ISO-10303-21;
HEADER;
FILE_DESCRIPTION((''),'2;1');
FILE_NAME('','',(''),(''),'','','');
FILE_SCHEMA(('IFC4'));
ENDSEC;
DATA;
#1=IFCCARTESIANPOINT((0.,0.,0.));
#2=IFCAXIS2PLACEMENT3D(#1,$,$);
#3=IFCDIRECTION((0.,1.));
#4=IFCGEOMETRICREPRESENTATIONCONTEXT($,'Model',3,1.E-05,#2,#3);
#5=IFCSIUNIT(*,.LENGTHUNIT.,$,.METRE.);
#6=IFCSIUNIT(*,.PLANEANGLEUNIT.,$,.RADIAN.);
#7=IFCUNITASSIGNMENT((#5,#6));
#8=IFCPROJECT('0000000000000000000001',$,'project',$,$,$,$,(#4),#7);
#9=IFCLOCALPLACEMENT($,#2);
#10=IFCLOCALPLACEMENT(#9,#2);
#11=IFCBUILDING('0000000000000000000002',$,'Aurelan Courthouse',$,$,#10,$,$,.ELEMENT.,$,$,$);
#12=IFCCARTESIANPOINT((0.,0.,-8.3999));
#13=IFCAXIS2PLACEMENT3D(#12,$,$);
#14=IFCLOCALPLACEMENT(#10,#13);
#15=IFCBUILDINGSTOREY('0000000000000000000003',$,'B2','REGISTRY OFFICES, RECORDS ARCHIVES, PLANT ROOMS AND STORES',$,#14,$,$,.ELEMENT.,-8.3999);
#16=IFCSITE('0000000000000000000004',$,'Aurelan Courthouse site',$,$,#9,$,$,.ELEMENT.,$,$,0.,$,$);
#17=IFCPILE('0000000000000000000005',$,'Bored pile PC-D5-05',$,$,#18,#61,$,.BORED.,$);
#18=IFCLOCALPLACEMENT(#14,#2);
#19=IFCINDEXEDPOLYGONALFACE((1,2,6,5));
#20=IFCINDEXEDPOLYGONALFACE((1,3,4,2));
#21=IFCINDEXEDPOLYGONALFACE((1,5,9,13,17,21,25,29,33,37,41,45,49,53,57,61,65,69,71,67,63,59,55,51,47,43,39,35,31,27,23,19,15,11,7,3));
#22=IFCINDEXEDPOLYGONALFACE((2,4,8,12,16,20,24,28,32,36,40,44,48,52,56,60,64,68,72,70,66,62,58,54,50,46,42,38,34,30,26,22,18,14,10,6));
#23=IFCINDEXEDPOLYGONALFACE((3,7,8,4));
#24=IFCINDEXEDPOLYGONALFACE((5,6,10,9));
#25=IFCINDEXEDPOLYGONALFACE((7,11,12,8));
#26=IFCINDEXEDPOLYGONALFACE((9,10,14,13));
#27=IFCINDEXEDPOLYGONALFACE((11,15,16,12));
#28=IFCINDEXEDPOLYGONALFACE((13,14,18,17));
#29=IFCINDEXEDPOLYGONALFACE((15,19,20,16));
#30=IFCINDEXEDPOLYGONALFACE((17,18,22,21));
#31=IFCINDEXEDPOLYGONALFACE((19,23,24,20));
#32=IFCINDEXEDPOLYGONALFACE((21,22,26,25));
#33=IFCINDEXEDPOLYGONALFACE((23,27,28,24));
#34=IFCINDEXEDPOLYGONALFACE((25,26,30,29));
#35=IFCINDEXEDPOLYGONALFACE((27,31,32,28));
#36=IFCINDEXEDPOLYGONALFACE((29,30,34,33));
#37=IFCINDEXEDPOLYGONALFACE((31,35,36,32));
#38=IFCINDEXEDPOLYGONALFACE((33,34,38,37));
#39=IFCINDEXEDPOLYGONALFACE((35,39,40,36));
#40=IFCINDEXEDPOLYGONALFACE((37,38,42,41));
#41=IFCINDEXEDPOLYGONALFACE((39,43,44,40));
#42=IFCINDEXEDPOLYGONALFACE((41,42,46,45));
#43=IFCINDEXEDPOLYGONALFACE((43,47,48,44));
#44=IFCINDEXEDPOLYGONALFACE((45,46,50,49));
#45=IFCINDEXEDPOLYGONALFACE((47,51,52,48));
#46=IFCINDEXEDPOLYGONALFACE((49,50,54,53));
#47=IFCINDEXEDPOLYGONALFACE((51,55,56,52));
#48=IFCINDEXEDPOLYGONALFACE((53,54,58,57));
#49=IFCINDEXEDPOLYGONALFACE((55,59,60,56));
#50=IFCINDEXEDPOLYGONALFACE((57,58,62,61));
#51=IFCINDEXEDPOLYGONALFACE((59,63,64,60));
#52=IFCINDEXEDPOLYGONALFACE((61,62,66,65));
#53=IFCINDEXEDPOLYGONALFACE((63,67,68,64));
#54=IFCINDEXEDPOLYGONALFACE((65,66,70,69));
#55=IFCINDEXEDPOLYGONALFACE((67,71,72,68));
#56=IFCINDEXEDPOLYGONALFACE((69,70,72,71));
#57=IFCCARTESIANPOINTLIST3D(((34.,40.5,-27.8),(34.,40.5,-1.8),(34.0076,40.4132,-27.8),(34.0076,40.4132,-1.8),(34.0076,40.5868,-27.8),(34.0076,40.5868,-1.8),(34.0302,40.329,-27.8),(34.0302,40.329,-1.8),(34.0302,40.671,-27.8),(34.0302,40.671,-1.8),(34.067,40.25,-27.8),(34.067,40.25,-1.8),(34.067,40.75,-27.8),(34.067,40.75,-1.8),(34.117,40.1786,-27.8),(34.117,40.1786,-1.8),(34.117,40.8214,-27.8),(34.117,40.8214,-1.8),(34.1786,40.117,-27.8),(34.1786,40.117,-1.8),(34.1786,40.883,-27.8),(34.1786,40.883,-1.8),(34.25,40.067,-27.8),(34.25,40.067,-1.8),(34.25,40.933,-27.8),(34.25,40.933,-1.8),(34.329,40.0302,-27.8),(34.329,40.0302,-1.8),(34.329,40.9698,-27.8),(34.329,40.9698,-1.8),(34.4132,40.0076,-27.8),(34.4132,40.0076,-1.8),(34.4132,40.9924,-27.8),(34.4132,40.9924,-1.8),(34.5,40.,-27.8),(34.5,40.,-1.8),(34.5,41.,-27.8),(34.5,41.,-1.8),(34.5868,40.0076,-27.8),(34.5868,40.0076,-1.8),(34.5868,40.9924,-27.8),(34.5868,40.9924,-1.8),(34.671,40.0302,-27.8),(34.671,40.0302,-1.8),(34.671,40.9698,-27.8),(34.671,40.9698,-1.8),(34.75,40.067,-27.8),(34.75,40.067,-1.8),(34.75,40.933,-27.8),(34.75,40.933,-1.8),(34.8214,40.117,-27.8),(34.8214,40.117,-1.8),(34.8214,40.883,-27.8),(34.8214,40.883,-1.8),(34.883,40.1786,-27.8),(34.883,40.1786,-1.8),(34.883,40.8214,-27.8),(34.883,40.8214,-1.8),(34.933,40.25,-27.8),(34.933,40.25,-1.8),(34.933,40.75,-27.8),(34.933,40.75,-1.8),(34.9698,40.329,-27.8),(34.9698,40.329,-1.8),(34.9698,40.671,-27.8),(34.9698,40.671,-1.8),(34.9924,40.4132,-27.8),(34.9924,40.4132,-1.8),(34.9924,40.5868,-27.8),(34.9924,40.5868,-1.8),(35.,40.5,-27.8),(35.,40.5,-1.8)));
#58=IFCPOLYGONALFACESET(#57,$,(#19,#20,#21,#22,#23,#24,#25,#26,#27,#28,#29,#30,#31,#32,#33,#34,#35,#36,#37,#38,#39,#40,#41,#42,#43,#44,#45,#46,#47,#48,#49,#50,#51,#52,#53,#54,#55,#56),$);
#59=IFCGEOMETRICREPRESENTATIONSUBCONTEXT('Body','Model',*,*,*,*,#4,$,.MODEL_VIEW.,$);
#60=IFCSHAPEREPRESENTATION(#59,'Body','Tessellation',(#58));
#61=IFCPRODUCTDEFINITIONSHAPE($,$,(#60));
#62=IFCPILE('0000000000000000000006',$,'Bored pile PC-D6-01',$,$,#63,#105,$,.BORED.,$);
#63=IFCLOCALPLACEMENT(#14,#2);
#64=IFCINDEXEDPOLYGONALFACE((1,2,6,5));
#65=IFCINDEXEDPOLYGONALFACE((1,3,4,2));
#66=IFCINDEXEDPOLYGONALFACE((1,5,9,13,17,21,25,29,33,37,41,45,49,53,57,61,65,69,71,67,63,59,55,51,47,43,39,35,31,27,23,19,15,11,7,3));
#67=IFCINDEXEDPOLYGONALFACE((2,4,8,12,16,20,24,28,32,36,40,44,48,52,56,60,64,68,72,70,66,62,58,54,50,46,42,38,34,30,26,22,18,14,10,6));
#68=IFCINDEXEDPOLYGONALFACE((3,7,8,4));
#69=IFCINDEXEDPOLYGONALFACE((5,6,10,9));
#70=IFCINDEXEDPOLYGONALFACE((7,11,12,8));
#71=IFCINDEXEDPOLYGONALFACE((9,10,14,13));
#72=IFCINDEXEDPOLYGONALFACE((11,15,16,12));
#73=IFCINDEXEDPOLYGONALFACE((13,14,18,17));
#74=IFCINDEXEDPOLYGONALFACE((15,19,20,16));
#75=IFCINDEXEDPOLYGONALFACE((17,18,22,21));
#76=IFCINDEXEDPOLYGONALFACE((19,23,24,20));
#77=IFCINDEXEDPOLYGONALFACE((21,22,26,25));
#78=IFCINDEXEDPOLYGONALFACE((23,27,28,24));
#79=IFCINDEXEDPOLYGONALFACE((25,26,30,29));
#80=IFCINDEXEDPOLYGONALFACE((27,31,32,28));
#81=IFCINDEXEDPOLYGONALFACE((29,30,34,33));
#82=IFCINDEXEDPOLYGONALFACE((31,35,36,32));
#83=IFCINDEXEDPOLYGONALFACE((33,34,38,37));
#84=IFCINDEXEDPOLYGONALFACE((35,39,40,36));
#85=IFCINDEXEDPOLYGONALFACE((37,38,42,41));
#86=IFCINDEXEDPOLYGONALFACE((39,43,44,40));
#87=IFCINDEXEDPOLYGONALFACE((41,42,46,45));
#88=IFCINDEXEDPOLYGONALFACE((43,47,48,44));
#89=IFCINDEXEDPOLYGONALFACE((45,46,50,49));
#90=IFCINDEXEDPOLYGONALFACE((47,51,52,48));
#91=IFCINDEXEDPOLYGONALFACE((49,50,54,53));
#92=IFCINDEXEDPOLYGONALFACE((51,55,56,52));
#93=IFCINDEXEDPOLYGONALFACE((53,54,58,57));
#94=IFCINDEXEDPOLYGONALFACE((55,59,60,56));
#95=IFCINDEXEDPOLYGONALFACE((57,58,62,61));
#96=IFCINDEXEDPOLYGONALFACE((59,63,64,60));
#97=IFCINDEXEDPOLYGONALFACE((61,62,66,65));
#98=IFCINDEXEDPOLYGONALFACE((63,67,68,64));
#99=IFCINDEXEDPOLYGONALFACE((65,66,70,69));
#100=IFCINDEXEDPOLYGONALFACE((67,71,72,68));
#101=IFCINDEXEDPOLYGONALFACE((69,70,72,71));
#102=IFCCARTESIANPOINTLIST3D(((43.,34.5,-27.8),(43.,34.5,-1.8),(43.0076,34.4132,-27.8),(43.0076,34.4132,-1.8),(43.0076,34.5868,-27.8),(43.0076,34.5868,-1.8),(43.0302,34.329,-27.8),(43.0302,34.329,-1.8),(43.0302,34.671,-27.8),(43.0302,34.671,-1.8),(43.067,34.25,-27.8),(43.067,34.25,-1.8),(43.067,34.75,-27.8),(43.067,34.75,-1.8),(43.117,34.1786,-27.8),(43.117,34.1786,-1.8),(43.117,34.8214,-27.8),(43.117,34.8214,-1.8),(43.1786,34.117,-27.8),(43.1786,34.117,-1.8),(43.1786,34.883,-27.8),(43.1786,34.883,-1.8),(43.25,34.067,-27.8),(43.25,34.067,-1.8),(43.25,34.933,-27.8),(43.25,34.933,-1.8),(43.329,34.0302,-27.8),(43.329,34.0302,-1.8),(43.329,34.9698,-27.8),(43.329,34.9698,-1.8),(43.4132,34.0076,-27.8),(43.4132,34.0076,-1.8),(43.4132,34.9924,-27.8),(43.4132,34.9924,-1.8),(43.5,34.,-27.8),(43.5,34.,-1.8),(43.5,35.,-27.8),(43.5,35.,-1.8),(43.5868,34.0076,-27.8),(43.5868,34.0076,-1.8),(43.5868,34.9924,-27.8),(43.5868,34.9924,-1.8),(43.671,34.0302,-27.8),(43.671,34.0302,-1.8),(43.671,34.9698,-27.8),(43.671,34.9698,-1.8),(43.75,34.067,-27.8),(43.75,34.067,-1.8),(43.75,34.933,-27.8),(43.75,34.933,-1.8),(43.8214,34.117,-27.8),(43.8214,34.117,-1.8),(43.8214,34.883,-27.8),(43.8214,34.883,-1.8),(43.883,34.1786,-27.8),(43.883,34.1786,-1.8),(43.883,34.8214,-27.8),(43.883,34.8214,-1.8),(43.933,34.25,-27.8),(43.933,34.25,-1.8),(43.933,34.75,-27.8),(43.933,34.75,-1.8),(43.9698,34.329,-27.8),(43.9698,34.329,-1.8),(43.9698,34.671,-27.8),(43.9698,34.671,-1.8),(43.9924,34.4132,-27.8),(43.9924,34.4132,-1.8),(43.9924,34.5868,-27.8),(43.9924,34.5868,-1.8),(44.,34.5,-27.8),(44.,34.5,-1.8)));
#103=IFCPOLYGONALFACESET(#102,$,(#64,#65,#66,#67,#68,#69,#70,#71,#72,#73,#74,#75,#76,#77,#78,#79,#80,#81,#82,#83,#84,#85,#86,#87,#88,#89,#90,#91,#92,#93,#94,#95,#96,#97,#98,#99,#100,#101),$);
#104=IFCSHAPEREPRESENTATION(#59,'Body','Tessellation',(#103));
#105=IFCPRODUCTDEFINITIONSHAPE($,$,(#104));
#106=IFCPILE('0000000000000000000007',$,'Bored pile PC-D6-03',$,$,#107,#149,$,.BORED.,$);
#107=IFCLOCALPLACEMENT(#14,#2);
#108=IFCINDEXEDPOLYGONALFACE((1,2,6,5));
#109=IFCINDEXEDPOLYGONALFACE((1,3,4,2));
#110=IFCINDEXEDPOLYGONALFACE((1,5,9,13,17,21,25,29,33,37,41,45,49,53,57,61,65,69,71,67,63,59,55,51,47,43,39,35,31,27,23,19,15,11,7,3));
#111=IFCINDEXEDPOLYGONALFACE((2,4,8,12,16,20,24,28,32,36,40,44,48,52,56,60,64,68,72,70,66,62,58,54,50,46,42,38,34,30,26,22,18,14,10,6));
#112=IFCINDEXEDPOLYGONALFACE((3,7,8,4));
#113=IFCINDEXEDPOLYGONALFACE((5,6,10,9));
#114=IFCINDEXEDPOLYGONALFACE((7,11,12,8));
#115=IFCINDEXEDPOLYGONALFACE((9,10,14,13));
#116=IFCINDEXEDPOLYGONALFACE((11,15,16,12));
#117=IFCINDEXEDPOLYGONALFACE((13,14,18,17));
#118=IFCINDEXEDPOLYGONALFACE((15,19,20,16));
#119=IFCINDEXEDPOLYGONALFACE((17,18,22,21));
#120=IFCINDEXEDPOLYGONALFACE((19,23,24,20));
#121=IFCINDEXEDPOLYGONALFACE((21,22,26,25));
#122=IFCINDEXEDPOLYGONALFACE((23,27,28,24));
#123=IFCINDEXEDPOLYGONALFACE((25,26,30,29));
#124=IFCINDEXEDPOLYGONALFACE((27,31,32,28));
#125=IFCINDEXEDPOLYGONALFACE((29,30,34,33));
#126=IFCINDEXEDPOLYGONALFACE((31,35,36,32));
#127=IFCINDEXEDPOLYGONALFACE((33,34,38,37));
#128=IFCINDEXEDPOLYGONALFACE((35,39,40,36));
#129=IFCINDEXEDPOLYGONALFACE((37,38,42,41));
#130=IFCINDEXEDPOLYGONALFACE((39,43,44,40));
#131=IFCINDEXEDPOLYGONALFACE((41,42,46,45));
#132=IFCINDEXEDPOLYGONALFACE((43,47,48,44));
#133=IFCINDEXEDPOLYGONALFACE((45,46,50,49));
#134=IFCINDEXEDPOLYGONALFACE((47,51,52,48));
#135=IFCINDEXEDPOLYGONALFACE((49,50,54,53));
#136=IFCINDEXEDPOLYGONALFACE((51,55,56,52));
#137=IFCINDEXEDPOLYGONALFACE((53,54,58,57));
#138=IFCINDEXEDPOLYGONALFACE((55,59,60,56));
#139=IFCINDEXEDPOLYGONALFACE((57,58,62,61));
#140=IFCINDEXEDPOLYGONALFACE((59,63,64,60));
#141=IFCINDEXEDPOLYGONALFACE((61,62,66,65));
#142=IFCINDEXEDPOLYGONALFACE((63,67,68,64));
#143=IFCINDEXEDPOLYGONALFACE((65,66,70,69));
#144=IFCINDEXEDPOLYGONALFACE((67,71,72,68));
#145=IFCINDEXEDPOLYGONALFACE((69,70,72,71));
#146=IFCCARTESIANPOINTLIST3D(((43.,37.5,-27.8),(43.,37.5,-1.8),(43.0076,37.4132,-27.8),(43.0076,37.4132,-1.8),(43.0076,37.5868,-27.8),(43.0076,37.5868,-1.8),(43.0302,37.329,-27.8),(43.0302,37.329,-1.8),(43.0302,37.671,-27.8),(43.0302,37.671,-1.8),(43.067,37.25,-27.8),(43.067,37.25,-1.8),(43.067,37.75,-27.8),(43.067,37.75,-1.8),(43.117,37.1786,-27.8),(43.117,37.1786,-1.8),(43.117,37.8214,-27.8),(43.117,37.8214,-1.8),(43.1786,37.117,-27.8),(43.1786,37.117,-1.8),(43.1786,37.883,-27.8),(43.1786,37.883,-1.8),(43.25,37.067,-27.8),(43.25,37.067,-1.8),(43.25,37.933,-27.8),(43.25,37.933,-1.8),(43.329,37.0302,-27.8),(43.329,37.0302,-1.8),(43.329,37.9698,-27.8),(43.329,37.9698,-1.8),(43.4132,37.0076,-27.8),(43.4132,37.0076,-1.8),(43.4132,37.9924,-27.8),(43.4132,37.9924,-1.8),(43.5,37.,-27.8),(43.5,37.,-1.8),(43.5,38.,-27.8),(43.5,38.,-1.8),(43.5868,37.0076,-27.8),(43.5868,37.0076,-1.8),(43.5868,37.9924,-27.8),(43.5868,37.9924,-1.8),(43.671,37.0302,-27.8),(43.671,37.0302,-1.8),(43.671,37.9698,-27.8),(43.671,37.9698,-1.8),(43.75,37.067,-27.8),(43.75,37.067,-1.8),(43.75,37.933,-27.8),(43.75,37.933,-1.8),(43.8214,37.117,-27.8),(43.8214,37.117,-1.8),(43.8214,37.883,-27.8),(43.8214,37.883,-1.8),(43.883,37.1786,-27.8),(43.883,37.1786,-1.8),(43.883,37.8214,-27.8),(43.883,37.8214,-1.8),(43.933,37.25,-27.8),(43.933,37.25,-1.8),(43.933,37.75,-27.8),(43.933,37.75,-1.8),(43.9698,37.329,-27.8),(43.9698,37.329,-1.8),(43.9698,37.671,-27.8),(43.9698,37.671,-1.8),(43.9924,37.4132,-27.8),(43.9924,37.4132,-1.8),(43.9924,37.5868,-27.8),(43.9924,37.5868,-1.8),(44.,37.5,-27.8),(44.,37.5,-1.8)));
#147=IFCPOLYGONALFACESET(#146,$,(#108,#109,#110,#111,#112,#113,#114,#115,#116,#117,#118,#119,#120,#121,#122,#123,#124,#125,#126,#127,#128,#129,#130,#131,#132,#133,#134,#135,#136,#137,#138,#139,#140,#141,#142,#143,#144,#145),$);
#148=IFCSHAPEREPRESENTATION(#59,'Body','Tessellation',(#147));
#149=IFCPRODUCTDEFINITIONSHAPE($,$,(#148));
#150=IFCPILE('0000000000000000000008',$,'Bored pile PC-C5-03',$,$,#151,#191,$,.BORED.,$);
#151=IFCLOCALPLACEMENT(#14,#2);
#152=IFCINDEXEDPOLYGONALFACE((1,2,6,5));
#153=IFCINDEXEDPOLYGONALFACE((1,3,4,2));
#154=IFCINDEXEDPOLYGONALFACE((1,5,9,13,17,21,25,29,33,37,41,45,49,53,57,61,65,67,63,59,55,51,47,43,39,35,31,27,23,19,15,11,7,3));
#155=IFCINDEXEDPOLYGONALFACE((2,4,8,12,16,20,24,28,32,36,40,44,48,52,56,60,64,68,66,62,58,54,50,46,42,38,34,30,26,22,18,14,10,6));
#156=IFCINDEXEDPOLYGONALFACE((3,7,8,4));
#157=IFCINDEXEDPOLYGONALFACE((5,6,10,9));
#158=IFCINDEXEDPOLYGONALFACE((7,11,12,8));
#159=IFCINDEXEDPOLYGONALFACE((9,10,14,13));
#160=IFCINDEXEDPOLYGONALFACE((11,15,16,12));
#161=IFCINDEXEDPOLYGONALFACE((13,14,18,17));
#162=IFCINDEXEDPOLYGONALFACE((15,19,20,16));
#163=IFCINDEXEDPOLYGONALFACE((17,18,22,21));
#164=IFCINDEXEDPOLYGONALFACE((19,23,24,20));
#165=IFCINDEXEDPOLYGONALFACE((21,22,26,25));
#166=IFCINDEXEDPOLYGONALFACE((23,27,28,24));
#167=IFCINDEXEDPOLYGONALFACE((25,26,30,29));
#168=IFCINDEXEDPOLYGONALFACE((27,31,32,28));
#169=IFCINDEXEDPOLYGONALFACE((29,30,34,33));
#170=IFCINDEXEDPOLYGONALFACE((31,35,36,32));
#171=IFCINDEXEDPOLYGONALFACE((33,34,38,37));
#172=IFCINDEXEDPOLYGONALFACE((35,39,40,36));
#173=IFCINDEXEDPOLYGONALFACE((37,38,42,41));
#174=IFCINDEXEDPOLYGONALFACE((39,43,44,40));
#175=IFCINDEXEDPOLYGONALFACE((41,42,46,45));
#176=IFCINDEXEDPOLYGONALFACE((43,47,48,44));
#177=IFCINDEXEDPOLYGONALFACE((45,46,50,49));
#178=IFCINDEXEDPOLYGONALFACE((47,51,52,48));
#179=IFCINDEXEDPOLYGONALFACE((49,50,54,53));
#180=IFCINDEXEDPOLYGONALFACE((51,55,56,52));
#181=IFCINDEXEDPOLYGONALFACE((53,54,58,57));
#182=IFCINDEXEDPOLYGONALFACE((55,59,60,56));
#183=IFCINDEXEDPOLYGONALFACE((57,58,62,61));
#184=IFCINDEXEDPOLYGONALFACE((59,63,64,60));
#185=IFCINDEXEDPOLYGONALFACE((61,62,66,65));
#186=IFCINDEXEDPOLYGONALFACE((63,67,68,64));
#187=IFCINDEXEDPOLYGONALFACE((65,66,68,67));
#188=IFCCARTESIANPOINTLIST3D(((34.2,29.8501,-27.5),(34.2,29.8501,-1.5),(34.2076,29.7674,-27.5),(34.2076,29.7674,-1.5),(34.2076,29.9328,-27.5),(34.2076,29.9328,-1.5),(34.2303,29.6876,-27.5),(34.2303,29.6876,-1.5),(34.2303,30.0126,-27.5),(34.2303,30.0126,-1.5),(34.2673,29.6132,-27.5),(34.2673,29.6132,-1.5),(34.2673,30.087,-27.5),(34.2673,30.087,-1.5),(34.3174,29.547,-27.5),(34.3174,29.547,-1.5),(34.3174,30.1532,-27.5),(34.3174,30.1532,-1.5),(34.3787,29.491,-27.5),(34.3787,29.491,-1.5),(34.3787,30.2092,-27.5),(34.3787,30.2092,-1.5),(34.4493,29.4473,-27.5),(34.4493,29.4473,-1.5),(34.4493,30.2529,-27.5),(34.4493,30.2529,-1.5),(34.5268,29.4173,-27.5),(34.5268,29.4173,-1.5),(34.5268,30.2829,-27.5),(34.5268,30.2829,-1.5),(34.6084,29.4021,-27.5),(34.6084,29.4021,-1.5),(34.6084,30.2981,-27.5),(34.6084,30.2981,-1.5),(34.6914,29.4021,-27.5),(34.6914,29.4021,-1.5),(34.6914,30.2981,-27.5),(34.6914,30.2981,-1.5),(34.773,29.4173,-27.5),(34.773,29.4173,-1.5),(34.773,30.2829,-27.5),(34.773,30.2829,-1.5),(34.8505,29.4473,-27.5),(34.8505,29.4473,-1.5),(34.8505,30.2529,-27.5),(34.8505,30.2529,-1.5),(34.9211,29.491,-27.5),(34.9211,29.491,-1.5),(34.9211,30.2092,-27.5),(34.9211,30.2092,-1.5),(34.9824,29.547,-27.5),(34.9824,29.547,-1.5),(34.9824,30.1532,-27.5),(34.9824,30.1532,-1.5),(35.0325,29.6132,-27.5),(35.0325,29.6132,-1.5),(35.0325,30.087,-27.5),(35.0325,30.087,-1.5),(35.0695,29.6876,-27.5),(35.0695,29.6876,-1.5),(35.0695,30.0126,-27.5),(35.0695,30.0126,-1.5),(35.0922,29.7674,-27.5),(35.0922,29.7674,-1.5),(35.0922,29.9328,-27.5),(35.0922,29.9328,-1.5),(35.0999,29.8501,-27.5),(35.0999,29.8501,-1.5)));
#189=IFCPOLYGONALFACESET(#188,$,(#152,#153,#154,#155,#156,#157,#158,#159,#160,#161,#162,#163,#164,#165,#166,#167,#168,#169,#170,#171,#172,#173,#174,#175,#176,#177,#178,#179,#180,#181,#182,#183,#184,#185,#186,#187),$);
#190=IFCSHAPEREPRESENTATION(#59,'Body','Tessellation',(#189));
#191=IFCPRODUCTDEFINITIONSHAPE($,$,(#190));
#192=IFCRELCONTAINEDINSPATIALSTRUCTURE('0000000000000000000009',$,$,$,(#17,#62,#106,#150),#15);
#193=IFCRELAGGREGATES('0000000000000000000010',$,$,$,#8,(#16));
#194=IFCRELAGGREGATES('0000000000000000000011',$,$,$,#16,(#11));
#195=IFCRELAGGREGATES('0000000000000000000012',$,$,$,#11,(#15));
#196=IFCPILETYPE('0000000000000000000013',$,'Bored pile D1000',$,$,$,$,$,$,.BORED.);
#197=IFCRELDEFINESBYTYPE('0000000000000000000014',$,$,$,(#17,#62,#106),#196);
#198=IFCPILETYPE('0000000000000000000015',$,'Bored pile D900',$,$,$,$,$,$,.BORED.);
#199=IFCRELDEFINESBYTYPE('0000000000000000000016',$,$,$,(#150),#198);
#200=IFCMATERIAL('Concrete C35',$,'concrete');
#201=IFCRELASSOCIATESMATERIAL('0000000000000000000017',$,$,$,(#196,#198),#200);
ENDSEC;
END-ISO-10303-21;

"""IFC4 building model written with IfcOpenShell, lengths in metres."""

from ifc_helpers import new_model, si_unit, direction, frame, origin, origin_2d, place, context, subcontext, project, spatial, circle, extrude, material, material_profile, profile_set, type_object, element, save


model = new_model("IFC4")

# Units and contexts
model_context = context("Model", 3, precision=1e-05, world=origin(), true_north=direction((0.0, 1.0)))
body_context = subcontext(model_context, "Body", "Model", "MODEL_VIEW")
ifc_project = project(units=[si_unit("LENGTHUNIT", "METRE"), si_unit("PLANEANGLEUNIT", "RADIAN")], contexts=[model_context])

# Site, building, storey
site_placement = place(None, origin())
site = spatial("IfcSite", under=ifc_project, at=site_placement, Name="Aurelan Courthouse site", CompositionType="ELEMENT", RefElevation=0.0)
building_placement = place(site_placement, origin())
building = spatial("IfcBuilding", under=site, at=building_placement, Name="Aurelan Courthouse", CompositionType="ELEMENT")
storey_placement = place(building_placement, frame((0.0, 0.0, -8.3999)))
storey = spatial("IfcBuildingStorey", under=building, at=storey_placement, Name="B2", Description="REGISTRY OFFICES, RECORDS ARCHIVES, PLANT ROOMS AND STORES", CompositionType="ELEMENT", Elevation=-8.3999)

# Piles
ifc_material_1 = material(Name="Concrete C35", Category="concrete")
ifc_material_profile_1 = material_profile(ifc_material_1, circle(Radius=0.5, at=origin_2d()), Name="D1000")
ifc_profile_set_1 = profile_set([ifc_material_profile_1], Name="Concrete C35")
pile_type_1 = type_object("IfcPileType", Name="Bored pile D1000", PredefinedType="BORED", material=ifc_profile_set_1)
for number, where, z_axis, x_axis, name in (
    (1, (34.5, 40.5, -1.8), (0.0, 0.0, -1.0), (1.0, 0.0, 0.0), "Bored pile PC-D5-05"),
    (2, (43.5, 34.5, -1.8), (0.0, 0.0, -1.0), (1.0, 0.0, 0.0), "Bored pile PC-D6-01"),
    (3, (43.5, 37.5, -1.8), (0.0, 0.0, -1.0), (1.0, 0.0, 0.0), "Bored pile PC-D6-03"),
):
    element("IfcPile", number, at=place(storey_placement, frame(where, z_axis=z_axis, x_axis=x_axis)), inside=storey, type_object=pile_type_1, Name=name, PredefinedType="BORED", context=body_context, shape_type="SweptSolid", body=[
        extrude(circle(Radius=0.5, at=origin_2d()), origin(), (0.0, 0.0, 1.0), 26.0),
    ])
ifc_material_profile_2 = material_profile(ifc_material_1, circle(Radius=0.45, at=origin_2d()), Name="D900")
ifc_profile_set_2 = profile_set([ifc_material_profile_2], Name="Concrete C35")
pile_type_2 = type_object("IfcPileType", Name="Bored pile D900", PredefinedType="BORED", material=ifc_profile_set_2)
for number, where, z_axis, x_axis, name in (
    (4, (34.6499, 29.8501, -1.5), (0.0, 0.0, -1.0), (1.0, 0.0, 0.0), "Bored pile PC-C5-03"),
):
    element("IfcPile", number, at=place(storey_placement, frame(where, z_axis=z_axis, x_axis=x_axis)), inside=storey, type_object=pile_type_2, Name=name, PredefinedType="BORED", context=body_context, shape_type="SweptSolid", body=[
        extrude(circle(Radius=0.45, at=origin_2d()), origin(), (0.0, 0.0, 1.0), 26.0),
    ])

save(model, "model.ifc")
